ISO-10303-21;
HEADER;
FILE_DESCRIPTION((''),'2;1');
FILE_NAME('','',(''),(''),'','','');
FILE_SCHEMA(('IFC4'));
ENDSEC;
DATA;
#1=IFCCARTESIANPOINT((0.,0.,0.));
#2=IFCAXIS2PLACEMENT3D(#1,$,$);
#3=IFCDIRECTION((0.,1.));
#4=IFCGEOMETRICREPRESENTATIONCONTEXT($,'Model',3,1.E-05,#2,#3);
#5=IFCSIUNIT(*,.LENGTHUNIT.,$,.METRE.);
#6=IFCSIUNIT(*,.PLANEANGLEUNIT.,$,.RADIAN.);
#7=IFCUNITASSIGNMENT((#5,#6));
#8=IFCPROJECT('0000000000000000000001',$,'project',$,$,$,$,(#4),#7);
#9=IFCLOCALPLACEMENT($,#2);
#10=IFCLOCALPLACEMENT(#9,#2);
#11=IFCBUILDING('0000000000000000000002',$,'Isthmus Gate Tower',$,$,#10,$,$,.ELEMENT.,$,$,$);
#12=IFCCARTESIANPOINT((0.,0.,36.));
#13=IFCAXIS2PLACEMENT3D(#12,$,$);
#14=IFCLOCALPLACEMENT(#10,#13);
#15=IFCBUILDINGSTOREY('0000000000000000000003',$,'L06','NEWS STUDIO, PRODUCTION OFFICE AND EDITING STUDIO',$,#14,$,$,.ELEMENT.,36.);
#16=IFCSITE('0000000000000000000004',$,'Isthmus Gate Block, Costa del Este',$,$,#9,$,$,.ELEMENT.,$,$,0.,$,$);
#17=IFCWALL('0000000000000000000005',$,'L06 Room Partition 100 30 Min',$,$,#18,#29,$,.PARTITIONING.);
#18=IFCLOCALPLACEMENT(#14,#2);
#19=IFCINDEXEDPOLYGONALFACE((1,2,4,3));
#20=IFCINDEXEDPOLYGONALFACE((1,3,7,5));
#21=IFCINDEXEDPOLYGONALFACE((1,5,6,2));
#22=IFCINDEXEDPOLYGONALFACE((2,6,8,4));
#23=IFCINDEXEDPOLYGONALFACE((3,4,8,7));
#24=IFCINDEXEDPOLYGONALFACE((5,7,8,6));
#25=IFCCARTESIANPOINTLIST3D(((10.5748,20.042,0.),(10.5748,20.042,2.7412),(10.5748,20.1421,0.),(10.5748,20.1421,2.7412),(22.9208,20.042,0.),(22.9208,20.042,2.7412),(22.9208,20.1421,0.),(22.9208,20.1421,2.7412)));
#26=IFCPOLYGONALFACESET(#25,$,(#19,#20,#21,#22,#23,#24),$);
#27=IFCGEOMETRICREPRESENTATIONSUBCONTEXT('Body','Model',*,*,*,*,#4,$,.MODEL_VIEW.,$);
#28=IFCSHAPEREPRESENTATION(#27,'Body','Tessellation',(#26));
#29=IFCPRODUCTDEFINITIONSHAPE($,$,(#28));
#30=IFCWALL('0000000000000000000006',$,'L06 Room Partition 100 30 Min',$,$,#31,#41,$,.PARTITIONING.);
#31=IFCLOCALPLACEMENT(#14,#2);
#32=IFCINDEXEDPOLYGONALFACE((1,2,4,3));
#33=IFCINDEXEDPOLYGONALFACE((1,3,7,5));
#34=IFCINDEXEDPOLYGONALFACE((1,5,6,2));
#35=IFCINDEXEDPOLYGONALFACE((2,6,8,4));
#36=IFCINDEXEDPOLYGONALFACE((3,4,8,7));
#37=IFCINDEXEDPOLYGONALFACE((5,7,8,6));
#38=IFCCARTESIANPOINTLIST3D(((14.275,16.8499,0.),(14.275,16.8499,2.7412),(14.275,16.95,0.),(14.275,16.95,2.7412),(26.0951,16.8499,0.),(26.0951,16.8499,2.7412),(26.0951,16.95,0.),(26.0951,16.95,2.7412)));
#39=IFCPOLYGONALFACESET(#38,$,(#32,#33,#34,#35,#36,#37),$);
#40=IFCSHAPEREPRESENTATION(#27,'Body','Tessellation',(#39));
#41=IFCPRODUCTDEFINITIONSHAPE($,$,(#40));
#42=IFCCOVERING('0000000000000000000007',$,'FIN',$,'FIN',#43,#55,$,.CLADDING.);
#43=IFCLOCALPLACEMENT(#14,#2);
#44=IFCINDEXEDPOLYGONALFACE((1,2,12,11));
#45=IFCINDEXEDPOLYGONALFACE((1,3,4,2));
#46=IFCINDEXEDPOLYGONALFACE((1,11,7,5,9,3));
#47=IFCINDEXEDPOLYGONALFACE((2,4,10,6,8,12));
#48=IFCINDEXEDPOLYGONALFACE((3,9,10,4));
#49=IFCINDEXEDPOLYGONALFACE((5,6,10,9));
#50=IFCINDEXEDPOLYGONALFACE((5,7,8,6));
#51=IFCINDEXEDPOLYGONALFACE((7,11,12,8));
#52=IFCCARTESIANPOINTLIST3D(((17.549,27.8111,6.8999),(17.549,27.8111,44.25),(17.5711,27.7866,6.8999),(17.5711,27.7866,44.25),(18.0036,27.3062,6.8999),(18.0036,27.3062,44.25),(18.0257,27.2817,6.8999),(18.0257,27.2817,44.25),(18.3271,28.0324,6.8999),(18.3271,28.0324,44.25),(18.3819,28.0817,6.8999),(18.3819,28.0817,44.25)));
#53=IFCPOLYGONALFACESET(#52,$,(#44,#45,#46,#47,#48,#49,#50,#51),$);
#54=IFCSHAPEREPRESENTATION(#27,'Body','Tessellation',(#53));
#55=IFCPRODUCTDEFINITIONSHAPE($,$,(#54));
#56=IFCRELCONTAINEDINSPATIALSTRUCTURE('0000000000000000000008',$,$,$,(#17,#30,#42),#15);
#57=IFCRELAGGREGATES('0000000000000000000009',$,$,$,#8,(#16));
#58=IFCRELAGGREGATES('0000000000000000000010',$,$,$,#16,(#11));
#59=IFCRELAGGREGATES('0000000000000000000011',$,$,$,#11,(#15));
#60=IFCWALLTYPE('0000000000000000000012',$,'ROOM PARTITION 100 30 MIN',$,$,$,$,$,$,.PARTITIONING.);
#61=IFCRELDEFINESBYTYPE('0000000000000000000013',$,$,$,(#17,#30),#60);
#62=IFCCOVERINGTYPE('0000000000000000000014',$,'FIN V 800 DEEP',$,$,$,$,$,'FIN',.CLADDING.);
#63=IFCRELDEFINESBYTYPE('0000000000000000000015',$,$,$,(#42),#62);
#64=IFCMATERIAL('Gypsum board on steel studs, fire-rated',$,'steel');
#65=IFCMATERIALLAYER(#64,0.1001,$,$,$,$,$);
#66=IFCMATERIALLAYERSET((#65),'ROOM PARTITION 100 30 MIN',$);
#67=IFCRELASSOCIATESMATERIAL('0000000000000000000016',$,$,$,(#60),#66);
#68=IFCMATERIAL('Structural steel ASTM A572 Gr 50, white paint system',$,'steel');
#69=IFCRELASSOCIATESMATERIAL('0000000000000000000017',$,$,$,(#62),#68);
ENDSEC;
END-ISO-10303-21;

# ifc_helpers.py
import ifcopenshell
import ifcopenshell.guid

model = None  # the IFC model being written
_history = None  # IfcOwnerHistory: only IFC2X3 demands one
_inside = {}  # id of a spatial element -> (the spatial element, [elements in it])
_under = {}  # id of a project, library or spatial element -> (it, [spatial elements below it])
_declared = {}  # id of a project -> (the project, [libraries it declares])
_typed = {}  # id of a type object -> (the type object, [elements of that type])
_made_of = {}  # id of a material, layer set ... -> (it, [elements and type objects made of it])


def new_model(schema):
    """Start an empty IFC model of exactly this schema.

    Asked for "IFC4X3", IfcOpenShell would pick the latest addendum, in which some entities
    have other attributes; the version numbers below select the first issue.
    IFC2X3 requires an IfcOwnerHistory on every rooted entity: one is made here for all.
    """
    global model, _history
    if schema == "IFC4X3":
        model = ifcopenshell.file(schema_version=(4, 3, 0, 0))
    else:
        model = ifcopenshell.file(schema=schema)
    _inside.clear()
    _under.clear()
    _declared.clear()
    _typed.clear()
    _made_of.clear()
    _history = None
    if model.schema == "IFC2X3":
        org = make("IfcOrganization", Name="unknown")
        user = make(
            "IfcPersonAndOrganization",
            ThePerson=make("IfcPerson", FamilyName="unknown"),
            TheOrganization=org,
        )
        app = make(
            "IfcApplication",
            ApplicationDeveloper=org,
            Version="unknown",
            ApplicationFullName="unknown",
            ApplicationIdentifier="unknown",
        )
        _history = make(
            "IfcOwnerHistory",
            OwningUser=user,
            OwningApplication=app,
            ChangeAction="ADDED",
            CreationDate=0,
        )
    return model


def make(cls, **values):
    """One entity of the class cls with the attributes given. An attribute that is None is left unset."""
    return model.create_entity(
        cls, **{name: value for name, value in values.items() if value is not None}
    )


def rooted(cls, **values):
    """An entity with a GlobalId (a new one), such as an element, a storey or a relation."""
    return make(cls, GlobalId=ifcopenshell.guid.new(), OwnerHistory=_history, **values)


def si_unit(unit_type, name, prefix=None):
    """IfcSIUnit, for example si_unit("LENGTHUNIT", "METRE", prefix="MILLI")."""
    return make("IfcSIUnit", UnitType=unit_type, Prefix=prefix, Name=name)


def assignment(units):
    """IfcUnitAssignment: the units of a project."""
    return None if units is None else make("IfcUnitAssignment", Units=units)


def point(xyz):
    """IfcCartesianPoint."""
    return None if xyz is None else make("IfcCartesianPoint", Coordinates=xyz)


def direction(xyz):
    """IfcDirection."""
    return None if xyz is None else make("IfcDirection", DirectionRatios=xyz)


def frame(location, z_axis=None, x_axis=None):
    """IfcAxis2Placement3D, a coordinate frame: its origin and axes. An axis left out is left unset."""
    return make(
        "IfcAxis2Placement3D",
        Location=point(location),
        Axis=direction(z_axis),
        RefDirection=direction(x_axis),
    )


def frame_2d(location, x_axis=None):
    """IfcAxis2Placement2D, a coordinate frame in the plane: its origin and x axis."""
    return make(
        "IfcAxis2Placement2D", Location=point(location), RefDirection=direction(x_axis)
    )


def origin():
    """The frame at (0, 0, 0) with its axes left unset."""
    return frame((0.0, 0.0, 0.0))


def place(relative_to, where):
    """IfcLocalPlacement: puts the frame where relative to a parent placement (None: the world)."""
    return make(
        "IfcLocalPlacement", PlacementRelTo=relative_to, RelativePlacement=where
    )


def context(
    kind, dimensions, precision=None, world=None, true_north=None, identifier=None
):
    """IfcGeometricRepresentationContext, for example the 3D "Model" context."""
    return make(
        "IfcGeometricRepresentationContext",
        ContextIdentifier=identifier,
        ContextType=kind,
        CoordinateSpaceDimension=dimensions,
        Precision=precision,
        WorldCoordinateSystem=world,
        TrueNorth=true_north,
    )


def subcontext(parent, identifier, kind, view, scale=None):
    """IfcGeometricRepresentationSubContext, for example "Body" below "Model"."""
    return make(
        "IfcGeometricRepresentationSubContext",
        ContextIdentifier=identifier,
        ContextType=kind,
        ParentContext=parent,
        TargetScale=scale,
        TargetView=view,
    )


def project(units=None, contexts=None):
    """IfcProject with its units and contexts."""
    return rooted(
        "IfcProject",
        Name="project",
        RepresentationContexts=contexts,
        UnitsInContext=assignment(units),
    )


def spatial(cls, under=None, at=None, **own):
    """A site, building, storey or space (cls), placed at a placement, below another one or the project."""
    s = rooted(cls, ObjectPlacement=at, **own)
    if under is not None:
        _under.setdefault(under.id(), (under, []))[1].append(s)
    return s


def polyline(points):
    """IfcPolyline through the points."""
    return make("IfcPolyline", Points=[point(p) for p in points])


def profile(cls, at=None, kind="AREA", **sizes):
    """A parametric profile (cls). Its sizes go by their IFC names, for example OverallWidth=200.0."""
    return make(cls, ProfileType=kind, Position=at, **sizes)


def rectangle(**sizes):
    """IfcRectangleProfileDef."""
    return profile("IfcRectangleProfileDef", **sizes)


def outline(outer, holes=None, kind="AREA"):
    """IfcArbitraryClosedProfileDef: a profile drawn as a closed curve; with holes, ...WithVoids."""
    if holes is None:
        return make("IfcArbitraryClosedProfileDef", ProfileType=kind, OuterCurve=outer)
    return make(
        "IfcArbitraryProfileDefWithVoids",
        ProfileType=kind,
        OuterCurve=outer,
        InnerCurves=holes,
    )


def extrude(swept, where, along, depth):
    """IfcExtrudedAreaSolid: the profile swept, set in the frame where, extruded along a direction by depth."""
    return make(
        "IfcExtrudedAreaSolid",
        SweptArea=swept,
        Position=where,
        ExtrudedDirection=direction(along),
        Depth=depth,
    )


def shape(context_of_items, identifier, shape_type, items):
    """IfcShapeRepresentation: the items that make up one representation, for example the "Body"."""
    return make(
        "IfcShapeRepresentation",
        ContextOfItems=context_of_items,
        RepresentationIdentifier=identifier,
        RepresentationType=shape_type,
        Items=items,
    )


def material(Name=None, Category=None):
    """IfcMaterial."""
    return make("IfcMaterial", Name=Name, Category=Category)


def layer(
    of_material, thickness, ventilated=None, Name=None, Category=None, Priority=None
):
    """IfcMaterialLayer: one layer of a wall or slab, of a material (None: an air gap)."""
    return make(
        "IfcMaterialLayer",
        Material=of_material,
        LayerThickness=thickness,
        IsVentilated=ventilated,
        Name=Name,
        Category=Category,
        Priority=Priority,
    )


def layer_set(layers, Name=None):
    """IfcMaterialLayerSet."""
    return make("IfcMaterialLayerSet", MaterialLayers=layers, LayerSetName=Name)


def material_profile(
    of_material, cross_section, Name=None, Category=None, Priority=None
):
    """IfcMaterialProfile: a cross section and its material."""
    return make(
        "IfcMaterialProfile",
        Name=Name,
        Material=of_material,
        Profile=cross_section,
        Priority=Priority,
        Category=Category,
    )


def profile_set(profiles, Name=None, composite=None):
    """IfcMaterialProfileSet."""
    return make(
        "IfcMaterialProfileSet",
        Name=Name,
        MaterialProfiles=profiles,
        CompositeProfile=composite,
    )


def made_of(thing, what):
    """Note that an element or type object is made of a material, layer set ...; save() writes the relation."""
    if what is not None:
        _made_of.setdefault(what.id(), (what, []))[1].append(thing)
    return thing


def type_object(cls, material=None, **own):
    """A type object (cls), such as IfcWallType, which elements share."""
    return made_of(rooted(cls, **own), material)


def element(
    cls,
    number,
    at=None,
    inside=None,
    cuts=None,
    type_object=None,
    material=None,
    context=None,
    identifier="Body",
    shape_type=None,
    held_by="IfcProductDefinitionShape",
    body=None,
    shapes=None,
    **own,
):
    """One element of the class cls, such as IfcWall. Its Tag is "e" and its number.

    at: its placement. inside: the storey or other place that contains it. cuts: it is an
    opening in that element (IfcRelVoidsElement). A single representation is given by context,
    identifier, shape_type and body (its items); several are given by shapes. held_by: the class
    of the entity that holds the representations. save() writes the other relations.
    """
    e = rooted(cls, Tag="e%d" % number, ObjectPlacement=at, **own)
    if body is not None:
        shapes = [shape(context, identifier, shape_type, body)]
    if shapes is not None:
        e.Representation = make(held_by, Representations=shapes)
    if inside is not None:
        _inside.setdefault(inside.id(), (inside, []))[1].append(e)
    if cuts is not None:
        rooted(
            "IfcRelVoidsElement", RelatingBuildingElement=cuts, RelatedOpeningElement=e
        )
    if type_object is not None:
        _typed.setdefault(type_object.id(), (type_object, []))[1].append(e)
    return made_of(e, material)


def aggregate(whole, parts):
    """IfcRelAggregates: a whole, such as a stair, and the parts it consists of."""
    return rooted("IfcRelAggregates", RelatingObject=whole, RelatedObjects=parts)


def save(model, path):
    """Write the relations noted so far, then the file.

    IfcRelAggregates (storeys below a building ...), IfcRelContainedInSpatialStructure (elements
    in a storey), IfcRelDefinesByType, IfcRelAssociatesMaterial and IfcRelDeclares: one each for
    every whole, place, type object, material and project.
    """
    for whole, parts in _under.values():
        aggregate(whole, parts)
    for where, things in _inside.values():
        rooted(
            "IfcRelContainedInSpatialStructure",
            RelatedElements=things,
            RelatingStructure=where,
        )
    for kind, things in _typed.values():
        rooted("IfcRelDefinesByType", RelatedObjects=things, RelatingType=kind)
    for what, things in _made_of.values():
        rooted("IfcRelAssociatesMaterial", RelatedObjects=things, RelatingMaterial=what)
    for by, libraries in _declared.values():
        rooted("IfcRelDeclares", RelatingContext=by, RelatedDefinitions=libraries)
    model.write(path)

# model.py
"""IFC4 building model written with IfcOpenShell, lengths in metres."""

from ifc_helpers import new_model, si_unit, direction, frame, frame_2d, origin, place, context, subcontext, project, spatial, polyline, rectangle, outline, extrude, material, layer, layer_set, material_profile, profile_set, type_object, element, save


model = new_model("IFC4")

# Units and contexts
model_context = context("Model", 3, precision=1e-05, world=origin(), true_north=direction((0.0, 1.0)))
body_context = subcontext(model_context, "Body", "Model", "MODEL_VIEW")
ifc_project = project(units=[si_unit("LENGTHUNIT", "METRE"), si_unit("PLANEANGLEUNIT", "RADIAN")], contexts=[model_context])

# Site, building, storey
site_placement = place(None, origin())
site = spatial("IfcSite", under=ifc_project, at=site_placement, Name="Isthmus Gate Block, Costa del Este", CompositionType="ELEMENT", RefElevation=0.0)
building_placement = place(site_placement, origin())
building = spatial("IfcBuilding", under=site, at=building_placement, Name="Isthmus Gate Tower", CompositionType="ELEMENT")
storey_placement = place(building_placement, frame((0.0, 0.0, 36.0)))
storey = spatial("IfcBuildingStorey", under=building, at=storey_placement, Name="L06", Description="NEWS STUDIO, PRODUCTION OFFICE AND EDITING STUDIO", CompositionType="ELEMENT", Elevation=36.0)

# Walls
ifc_material_1 = material(Name="Gypsum board on steel studs, fire-rated", Category="steel")
ifc_layer_1 = layer(ifc_material_1, 0.1001)
ifc_layer_set_1 = layer_set([ifc_layer_1], Name="ROOM PARTITION 100 30 MIN")
wall_type_1 = type_object("IfcWallType", Name="ROOM PARTITION 100 30 MIN", PredefinedType="PARTITIONING", material=ifc_layer_set_1)
wall_1_placement = place(storey_placement, frame((10.575, 20.092, 0.0), z_axis=(0.0, 0.0, 1.0), x_axis=(1.0, 0.0, 0.0)))
element("IfcWall", 1, at=wall_1_placement, inside=storey, type_object=wall_type_1, Name="L06 Room Partition 100 30 Min", PredefinedType="PARTITIONING", context=body_context, shape_type="SweptSolid", body=[
    extrude(rectangle(XDim=12.3459, YDim=0.1001, at=frame_2d((6.1729, 0.0))), origin(), (0.0, 0.0, 1.0), 2.7412),
])
wall_2_placement = place(storey_placement, frame((14.2749, 16.8999, 0.0), z_axis=(0.0, 0.0, 1.0), x_axis=(1.0, 0.0, 0.0)))
element("IfcWall", 2, at=wall_2_placement, inside=storey, type_object=wall_type_1, Name="L06 Room Partition 100 30 Min", PredefinedType="PARTITIONING", context=body_context, shape_type="SweptSolid", body=[
    extrude(rectangle(XDim=11.8201, YDim=0.1001, at=frame_2d((5.9102, 0.0))), origin(), (0.0, 0.0, 1.0), 2.7412),
])

# Covering
ifc_material_2 = material(Name="Structural steel ASTM A572 Gr 50, white paint system", Category="steel")
ifc_material_profile_1 = material_profile(ifc_material_2, outline(polyline([(0.0, -0.3562), (0.8, 0.0), (0.0, 0.3562), (0.0, 0.3232), (0.7263, 0.0), (0.0, -0.3232), (0.0, -0.3562)])), Name="V800")
ifc_profile_set_1 = profile_set([ifc_material_profile_1], Name="Structural steel ASTM A572 Gr 50, white paint system")
covering_type = type_object("IfcCoveringType", Name="FIN V 800 DEEP", ElementType="FIN", PredefinedType="CLADDING", material=ifc_profile_set_1)
covering_placement = place(storey_placement, frame((17.7874, 27.5464, 6.8999), z_axis=(0.0, 0.0, 1.0), x_axis=(0.743145, 0.669131, 0.0)))
element("IfcCovering", 3, at=covering_placement, inside=storey, type_object=covering_type, Name="FIN", ObjectType="FIN", PredefinedType="CLADDING", context=body_context, shape_type="SweptSolid", body=[
    extrude(outline(polyline([(0.0, -0.3562), (0.8, 0.0), (0.0, 0.3562), (0.0, 0.3232), (0.7263, 0.0), (0.0, -0.3232), (0.0, -0.3562)])), origin(), (0.0, 0.0, 1.0), 37.3501),
])

save(model, "model.ifc")
